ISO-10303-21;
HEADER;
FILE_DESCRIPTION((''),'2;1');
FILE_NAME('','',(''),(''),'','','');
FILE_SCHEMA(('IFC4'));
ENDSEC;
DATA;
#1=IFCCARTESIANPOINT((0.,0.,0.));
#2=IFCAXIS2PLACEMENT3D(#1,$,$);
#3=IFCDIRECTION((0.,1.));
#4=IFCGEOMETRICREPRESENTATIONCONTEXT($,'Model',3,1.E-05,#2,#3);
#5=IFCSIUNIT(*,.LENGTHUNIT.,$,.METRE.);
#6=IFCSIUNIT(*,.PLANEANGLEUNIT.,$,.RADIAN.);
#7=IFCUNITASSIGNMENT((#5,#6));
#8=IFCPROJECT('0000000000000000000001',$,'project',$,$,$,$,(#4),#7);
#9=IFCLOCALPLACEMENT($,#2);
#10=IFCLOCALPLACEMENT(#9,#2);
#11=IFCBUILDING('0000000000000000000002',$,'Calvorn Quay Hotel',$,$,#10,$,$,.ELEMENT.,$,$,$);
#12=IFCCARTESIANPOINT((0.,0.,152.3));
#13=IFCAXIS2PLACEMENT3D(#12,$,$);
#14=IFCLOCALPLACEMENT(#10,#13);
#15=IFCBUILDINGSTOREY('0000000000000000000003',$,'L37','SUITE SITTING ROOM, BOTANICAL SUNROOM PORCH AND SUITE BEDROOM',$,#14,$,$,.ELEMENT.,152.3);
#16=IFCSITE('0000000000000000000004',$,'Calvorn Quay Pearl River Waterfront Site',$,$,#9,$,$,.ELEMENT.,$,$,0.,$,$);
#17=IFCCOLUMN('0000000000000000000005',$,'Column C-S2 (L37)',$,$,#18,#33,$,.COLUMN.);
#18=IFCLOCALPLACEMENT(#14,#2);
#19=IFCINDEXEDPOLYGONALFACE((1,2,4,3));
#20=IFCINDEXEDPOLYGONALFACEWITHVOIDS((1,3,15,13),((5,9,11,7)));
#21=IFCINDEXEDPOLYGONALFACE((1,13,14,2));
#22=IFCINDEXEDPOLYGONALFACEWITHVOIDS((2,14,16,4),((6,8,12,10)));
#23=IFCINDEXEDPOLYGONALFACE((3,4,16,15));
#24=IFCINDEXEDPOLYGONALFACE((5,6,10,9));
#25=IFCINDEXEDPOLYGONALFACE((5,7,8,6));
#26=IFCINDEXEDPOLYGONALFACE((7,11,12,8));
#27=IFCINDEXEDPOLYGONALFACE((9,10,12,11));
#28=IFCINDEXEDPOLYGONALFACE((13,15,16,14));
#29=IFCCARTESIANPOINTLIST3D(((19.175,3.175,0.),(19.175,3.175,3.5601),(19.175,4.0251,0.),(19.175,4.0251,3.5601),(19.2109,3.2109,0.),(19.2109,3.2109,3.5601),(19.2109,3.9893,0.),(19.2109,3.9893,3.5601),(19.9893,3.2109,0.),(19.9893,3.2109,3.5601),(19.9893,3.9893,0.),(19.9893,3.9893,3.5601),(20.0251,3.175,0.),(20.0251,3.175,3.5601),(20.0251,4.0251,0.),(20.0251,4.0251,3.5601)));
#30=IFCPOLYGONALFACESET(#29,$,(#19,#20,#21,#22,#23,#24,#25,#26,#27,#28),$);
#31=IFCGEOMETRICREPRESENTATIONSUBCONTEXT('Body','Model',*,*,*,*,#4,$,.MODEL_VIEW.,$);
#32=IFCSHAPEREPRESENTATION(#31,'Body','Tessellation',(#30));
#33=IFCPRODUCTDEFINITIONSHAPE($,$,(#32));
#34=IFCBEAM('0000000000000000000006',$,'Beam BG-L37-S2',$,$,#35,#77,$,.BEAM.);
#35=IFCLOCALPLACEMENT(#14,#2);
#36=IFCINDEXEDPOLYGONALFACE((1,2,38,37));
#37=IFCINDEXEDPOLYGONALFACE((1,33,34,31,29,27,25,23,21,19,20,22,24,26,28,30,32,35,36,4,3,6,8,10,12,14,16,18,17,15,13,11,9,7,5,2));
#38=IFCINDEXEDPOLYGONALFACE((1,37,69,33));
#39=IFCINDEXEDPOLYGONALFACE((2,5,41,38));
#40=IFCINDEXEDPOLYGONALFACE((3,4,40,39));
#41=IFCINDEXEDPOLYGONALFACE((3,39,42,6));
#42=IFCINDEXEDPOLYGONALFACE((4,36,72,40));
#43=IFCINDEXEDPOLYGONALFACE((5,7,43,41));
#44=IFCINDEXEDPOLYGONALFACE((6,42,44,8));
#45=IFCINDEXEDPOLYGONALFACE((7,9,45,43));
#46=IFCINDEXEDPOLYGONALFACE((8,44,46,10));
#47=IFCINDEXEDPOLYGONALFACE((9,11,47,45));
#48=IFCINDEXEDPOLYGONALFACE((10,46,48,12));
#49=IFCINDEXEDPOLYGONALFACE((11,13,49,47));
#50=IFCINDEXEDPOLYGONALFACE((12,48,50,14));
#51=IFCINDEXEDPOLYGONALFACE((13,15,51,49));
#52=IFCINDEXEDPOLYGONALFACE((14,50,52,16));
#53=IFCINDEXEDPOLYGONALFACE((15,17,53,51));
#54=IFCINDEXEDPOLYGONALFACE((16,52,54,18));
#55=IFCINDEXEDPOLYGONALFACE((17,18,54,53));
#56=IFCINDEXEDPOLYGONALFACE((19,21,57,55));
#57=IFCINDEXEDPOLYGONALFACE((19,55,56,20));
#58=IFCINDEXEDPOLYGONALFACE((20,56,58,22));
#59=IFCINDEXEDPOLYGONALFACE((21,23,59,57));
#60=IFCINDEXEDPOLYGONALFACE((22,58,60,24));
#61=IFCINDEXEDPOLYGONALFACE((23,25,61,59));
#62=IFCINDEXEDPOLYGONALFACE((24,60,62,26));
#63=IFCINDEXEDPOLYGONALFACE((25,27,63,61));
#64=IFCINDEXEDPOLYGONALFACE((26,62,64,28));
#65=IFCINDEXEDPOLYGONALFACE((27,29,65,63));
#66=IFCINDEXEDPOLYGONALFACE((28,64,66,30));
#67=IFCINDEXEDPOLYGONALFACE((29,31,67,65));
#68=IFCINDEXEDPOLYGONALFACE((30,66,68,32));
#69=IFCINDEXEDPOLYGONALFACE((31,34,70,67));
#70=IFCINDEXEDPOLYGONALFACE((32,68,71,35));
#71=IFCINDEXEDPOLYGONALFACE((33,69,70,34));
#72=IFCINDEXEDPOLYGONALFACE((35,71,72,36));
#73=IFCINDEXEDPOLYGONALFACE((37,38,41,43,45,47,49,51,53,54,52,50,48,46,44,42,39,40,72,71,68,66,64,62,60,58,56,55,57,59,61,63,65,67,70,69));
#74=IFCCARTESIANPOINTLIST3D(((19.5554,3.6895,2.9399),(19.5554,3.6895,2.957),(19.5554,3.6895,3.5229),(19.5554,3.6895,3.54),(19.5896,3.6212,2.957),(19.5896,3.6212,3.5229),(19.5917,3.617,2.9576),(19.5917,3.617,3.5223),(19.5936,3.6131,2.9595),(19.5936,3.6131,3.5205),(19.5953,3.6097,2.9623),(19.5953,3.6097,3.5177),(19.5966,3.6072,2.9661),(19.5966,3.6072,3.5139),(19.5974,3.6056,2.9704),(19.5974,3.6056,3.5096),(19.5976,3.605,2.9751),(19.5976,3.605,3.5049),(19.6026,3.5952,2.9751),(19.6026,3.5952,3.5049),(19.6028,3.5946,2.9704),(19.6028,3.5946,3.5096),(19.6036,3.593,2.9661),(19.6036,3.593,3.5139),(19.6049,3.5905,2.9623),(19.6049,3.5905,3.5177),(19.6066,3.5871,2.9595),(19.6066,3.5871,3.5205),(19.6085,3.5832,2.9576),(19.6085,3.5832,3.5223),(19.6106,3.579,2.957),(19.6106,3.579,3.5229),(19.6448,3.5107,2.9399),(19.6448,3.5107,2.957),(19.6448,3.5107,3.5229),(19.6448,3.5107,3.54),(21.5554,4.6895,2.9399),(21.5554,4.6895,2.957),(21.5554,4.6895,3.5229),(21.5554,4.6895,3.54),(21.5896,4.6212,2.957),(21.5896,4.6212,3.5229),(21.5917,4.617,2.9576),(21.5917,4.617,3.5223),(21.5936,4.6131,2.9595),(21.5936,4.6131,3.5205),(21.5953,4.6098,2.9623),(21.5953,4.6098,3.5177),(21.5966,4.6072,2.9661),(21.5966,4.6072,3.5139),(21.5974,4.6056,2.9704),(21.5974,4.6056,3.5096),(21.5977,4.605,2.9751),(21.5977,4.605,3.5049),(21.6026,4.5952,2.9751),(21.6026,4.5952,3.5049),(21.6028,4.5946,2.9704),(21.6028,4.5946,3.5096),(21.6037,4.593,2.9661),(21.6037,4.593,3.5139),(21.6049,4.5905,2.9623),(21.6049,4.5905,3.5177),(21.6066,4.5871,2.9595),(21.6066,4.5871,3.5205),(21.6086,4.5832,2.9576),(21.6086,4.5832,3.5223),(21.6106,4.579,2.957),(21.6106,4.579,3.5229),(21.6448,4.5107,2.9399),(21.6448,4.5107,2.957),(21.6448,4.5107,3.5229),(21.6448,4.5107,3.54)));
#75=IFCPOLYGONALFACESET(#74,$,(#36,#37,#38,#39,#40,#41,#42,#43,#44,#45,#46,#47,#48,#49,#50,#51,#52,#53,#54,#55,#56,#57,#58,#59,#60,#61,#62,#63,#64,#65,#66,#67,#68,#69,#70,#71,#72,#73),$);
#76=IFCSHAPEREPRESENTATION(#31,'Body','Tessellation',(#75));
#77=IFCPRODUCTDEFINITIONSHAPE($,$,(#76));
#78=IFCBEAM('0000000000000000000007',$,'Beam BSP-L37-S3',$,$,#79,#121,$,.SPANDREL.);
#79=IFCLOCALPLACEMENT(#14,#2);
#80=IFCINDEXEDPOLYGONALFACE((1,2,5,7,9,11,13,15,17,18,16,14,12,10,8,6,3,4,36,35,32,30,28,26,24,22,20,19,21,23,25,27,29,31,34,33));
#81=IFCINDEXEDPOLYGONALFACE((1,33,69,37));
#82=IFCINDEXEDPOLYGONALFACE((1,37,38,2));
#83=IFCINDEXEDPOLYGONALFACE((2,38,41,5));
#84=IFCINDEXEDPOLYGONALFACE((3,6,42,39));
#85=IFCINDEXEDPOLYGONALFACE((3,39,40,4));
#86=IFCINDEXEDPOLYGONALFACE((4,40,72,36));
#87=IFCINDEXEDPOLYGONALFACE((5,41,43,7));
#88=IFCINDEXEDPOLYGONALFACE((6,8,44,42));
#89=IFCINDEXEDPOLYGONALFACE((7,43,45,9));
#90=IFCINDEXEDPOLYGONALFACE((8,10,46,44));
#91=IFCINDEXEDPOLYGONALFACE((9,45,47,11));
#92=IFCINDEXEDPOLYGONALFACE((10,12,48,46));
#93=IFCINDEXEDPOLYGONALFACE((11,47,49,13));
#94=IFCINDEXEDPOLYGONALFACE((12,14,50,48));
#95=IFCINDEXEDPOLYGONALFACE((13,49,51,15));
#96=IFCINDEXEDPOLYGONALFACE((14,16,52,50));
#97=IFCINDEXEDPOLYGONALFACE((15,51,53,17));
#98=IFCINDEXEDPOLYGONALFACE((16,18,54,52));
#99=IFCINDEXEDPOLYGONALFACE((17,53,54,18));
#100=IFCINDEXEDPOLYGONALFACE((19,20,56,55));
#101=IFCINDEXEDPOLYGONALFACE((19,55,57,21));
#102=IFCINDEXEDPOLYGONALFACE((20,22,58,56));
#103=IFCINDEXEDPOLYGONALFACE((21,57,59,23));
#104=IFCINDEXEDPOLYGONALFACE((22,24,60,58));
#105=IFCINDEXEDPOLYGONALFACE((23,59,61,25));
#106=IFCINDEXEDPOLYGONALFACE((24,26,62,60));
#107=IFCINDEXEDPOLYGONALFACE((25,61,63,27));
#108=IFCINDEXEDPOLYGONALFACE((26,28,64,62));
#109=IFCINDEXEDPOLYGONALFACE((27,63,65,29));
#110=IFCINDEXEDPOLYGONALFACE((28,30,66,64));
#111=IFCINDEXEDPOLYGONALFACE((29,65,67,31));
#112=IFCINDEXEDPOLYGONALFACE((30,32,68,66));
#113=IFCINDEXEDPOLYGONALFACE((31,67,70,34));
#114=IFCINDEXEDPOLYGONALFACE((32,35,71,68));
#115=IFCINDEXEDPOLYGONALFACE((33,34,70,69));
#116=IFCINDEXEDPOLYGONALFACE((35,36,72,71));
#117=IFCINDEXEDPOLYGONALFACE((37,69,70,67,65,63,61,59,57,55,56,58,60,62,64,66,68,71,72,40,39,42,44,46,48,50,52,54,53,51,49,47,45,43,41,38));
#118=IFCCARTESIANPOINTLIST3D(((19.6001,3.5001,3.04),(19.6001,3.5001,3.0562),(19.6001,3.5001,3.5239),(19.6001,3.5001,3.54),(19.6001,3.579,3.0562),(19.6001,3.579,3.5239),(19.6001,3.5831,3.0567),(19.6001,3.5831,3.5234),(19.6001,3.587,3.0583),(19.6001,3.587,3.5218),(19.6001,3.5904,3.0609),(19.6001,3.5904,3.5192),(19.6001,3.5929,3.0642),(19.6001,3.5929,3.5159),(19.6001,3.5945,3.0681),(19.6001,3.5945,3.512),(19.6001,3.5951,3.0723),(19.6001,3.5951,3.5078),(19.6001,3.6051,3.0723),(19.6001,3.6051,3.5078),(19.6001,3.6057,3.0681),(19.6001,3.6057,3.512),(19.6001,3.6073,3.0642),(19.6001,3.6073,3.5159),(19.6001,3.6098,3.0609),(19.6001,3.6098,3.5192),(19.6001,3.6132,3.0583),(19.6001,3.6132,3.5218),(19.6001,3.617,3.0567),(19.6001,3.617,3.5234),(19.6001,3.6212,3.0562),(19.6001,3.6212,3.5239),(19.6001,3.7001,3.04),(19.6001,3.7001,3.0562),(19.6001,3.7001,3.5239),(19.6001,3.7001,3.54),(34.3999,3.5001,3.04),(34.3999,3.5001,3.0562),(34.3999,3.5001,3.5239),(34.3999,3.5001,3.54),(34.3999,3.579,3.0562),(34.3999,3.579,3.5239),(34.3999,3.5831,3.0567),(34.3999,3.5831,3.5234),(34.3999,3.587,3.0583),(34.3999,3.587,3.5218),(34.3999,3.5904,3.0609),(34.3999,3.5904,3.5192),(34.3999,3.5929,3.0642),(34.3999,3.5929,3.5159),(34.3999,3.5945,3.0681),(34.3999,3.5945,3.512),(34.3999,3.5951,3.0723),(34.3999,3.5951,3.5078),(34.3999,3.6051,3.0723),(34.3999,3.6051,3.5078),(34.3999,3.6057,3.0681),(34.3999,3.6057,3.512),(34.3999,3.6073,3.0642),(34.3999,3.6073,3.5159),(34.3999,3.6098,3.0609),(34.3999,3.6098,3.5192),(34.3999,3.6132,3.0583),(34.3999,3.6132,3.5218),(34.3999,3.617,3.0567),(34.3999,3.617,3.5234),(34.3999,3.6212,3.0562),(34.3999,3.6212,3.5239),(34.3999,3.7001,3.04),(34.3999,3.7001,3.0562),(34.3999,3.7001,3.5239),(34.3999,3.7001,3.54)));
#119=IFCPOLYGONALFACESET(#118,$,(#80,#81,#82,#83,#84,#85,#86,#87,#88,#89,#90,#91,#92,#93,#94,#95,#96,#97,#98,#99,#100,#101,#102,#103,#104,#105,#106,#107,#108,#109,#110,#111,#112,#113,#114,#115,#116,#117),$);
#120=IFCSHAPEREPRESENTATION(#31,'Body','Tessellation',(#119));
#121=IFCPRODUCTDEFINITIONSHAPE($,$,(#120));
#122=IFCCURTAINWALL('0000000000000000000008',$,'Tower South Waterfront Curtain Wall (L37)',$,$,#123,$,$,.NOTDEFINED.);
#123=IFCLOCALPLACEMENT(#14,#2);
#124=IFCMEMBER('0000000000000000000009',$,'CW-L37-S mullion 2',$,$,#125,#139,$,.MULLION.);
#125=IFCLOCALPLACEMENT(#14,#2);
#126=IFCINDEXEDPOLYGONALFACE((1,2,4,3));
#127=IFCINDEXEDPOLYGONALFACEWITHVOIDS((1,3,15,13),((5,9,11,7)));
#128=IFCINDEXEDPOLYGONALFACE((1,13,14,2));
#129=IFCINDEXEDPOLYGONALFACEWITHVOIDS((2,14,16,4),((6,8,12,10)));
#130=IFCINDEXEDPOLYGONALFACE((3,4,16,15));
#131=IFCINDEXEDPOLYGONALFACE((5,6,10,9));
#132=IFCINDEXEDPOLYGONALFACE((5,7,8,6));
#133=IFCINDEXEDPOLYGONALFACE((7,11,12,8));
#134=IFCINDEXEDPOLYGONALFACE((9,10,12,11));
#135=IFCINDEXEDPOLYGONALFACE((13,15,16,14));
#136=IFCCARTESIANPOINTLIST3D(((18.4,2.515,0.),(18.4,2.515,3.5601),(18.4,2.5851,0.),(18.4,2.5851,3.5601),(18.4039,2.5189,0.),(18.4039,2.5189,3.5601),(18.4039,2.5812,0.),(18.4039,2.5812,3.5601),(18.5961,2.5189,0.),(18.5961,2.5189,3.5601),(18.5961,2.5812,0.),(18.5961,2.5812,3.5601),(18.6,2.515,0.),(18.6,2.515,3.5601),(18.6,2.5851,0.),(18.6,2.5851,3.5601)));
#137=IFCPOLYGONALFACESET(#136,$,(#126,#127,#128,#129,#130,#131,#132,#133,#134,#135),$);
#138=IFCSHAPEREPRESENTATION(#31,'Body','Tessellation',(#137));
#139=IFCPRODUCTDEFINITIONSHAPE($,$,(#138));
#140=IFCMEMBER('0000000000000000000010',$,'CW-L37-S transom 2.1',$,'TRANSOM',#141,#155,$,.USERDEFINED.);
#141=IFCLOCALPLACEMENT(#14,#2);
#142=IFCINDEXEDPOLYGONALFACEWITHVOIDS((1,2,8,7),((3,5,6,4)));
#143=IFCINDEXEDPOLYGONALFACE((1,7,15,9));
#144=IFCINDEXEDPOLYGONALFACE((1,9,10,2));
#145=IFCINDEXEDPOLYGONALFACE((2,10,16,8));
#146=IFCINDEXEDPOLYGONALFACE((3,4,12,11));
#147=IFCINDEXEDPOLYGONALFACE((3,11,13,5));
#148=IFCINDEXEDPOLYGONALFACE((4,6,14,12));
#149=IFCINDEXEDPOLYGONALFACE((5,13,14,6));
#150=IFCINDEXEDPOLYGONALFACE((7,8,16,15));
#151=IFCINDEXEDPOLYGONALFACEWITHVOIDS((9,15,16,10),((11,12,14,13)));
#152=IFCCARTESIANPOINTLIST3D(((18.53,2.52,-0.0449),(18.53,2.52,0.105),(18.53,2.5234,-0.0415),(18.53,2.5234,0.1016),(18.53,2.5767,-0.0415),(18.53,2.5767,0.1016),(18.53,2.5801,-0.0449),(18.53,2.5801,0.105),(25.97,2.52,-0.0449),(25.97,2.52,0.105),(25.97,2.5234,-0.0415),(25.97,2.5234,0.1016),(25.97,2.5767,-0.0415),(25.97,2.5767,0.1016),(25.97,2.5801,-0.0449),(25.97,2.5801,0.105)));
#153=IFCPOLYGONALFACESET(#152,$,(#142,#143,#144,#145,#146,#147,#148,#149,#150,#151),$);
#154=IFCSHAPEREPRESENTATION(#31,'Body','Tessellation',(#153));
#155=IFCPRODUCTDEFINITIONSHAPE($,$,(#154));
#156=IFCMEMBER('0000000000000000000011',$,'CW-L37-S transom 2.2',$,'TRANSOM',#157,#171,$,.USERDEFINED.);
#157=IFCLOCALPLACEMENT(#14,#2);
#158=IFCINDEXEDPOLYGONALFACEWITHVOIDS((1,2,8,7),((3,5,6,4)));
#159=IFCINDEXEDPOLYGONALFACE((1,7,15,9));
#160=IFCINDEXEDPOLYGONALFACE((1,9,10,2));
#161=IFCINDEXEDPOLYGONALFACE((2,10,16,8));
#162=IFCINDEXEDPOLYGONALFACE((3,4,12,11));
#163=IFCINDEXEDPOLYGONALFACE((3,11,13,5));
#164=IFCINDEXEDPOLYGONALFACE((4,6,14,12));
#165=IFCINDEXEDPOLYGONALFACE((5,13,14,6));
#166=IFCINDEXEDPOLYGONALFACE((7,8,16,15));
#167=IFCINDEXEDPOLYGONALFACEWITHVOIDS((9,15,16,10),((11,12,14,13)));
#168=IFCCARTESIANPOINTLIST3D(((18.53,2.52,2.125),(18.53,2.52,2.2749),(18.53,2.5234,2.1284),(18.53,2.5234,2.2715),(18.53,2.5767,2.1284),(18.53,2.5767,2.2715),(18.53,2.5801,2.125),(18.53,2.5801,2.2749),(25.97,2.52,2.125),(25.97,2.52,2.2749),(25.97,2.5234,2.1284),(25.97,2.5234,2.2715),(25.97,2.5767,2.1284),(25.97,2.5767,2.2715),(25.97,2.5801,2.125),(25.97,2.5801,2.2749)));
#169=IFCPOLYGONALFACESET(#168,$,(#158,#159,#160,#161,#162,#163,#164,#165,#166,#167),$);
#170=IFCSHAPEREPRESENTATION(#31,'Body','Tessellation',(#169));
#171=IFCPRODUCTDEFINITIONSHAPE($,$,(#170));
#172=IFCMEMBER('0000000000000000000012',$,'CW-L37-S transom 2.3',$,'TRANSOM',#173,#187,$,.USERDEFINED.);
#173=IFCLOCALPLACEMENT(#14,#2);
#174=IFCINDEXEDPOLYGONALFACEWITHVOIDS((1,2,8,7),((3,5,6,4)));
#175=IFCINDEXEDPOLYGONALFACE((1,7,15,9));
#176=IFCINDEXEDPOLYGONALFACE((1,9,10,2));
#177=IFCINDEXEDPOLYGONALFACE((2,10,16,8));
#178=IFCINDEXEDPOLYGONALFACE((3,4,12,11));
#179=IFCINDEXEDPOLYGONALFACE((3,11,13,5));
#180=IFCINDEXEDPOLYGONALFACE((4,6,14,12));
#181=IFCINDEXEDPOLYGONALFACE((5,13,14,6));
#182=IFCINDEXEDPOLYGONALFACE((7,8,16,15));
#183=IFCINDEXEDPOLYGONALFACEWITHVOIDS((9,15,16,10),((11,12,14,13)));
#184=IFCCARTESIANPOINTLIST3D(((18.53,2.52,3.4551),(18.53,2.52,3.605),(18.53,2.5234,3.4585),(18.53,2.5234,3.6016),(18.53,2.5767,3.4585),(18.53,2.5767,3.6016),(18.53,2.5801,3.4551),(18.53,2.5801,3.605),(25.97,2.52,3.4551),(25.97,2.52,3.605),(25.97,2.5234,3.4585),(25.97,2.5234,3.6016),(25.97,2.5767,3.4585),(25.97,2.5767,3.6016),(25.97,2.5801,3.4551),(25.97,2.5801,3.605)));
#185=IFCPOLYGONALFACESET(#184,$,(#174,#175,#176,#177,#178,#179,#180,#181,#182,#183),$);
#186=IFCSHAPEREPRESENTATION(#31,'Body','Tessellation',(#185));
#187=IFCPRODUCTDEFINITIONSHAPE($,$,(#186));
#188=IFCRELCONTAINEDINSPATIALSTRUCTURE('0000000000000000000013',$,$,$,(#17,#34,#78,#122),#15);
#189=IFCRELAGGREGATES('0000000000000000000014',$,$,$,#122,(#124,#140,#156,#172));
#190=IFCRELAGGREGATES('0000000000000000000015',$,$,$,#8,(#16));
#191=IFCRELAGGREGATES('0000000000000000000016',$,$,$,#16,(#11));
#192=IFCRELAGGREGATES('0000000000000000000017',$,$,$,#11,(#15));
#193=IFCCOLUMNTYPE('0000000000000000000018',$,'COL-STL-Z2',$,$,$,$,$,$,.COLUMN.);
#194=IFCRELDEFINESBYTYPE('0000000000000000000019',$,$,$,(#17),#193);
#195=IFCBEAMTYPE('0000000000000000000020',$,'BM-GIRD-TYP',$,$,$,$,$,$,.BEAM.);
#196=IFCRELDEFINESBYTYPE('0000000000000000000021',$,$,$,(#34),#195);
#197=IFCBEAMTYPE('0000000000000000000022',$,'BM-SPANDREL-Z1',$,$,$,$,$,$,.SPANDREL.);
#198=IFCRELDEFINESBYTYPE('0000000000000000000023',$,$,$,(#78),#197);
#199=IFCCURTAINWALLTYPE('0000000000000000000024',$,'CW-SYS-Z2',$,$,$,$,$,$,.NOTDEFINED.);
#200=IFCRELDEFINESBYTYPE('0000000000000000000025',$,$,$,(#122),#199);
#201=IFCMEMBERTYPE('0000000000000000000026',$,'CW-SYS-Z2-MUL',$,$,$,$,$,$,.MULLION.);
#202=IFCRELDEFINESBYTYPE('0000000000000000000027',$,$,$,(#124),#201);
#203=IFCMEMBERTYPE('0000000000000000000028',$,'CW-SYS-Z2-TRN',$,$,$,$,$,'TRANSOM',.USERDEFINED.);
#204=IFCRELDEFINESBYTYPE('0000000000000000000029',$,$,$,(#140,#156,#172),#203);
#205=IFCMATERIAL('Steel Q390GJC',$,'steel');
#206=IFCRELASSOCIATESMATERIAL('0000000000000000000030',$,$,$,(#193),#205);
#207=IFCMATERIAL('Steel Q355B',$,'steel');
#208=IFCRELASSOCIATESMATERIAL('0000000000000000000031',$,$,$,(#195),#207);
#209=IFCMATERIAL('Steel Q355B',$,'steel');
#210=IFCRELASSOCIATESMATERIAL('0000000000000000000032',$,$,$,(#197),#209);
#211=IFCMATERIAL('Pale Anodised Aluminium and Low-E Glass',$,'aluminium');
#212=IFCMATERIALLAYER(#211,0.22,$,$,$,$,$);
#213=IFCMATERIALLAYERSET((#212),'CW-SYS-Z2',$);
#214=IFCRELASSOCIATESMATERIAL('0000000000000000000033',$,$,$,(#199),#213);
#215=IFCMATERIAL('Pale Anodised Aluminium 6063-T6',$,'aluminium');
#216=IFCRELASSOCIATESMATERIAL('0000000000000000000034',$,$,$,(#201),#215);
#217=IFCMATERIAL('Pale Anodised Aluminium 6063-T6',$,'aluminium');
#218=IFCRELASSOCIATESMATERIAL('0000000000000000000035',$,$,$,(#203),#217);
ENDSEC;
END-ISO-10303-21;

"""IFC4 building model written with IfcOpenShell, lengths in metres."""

from ifc_helpers import new_model, si_unit, direction, frame, origin, origin_2d, place, context, subcontext, project, spatial, hollow_rectangle, i_section, extrude, material, layer, layer_set, material_profile, profile_set, type_object, element, aggregate, save


model = new_model("IFC4")

# Units and contexts
model_context = context("Model", 3, precision=1e-05, world=origin(), true_north=direction((0.0, 1.0)))
body_context = subcontext(model_context, "Body", "Model", "MODEL_VIEW")
ifc_project = project(units=[si_unit("LENGTHUNIT", "METRE"), si_unit("PLANEANGLEUNIT", "RADIAN")], contexts=[model_context])

# Site, building, storey
site_placement = place(None, origin())
site = spatial("IfcSite", under=ifc_project, at=site_placement, Name="Calvorn Quay Pearl River Waterfront Site", CompositionType="ELEMENT", RefElevation=0.0)
building_placement = place(site_placement, origin())
building = spatial("IfcBuilding", under=site, at=building_placement, Name="Calvorn Quay Hotel", CompositionType="ELEMENT")
storey_placement = place(building_placement, frame((0.0, 0.0, 152.3)))
storey = spatial("IfcBuildingStorey", under=building, at=storey_placement, Name="L37", Description="SUITE SITTING ROOM, BOTANICAL SUNROOM PORCH AND SUITE BEDROOM", CompositionType="ELEMENT", Elevation=152.3)

# Column
ifc_material_1 = material(Name="Steel Q390GJC", Category="steel")
ifc_material_profile_1 = material_profile(ifc_material_1, hollow_rectangle(XDim=0.8501, YDim=0.8501, WallThickness=0.0359, at=origin_2d()), Name="BOX850x850x36")
ifc_profile_set_1 = profile_set([ifc_material_profile_1], Name="Steel Q390GJC")
column_type = type_object("IfcColumnType", Name="COL-STL-Z2", PredefinedType="COLUMN", material=ifc_profile_set_1)
column_placement = place(storey_placement, frame((19.6001, 3.6001, 0.0), z_axis=(0.0, 0.0, 1.0), x_axis=(1.0, 0.0, 0.0)))
element("IfcColumn", 1, at=column_placement, inside=storey, type_object=column_type, Name="Column C-S2 (L37)", PredefinedType="COLUMN", context=body_context, shape_type="SweptSolid", body=[
    extrude(hollow_rectangle(XDim=0.8501, YDim=0.8501, WallThickness=0.0359, at=origin_2d()), origin(), (0.0, 0.0, 1.0), 3.5601),
])

# Beams
ifc_material_2 = material(Name="Steel Q355B", Category="steel")
ifc_material_profile_2 = material_profile(ifc_material_2, i_section(OverallWidth=0.2, OverallDepth=0.6001, WebThickness=0.011, FlangeThickness=0.0171, FilletRadius=0.0181, at=origin_2d()), Name="HN600x200x11x17")
ifc_profile_set_2 = profile_set([ifc_material_profile_2], Name="Steel Q355B")
beam_type_1 = type_object("IfcBeamType", Name="BM-GIRD-TYP", PredefinedType="BEAM", material=ifc_profile_set_2)
beam_1_placement = place(storey_placement, frame((19.6001, 3.6001, 3.24), z_axis=(0.894427, 0.447214, 0.0), x_axis=(-0.447214, 0.894427, 0.0)))
element("IfcBeam", 2, at=beam_1_placement, inside=storey, type_object=beam_type_1, Name="Beam BG-L37-S2", PredefinedType="BEAM", context=body_context, shape_type="SweptSolid", body=[
    extrude(i_section(OverallWidth=0.2, OverallDepth=0.6001, WebThickness=0.011, FlangeThickness=0.0171, FilletRadius=0.0181, at=origin_2d()), origin(), (0.0, 0.0, 1.0), 2.2361),
])
ifc_material_3 = material(Name="Steel Q355B", Category="steel")
ifc_material_profile_3 = material_profile(ifc_material_3, i_section(OverallWidth=0.2, OverallDepth=0.5, WebThickness=0.01, FlangeThickness=0.0161, FilletRadius=0.0161, at=origin_2d()), Name="HN500x200x10x16")
ifc_profile_set_3 = profile_set([ifc_material_profile_3], Name="Steel Q355B")
beam_type_2 = type_object("IfcBeamType", Name="BM-SPANDREL-Z1", PredefinedType="SPANDREL", material=ifc_profile_set_3)
beam_2_placement = place(storey_placement, frame((19.6001, 3.6001, 3.29), z_axis=(1.0, 0.0, 0.0), x_axis=(0.0, 1.0, 0.0)))
element("IfcBeam", 3, at=beam_2_placement, inside=storey, type_object=beam_type_2, Name="Beam BSP-L37-S3", PredefinedType="SPANDREL", context=body_context, shape_type="SweptSolid", body=[
    extrude(i_section(OverallWidth=0.2, OverallDepth=0.5, WebThickness=0.01, FlangeThickness=0.0161, FilletRadius=0.0161, at=origin_2d()), origin(), (0.0, 0.0, 1.0), 14.7998),
])

# Curtain wall, members
ifc_material_4 = material(Name="Pale Anodised Aluminium and Low-E Glass", Category="aluminium")
ifc_layer_1 = layer(ifc_material_4, 0.22)
ifc_layer_set_1 = layer_set([ifc_layer_1], Name="CW-SYS-Z2")
curtain_wall_type = type_object("IfcCurtainWallType", Name="CW-SYS-Z2", PredefinedType="NOTDEFINED", material=ifc_layer_set_1)
curtain_wall_placement = place(storey_placement, origin())
curtain_wall = element("IfcCurtainWall", 4, at=curtain_wall_placement, inside=storey, type_object=curtain_wall_type, Name="Tower South Waterfront Curtain Wall (L37)", PredefinedType="NOTDEFINED")
ifc_material_5 = material(Name="Pale Anodised Aluminium 6063-T6", Category="aluminium")
ifc_material_profile_4 = material_profile(ifc_material_5, hollow_rectangle(XDim=0.0701, YDim=0.2, WallThickness=0.0039, at=origin_2d()), Name="ALU-M200x70x4")
ifc_profile_set_4 = profile_set([ifc_material_profile_4], Name="Pale Anodised Aluminium 6063-T6")
member_type_1 = type_object("IfcMemberType", Name="CW-SYS-Z2-MUL", PredefinedType="MULLION", material=ifc_profile_set_4)
member_1_placement = place(storey_placement, frame((18.5, 2.55, 0.0), z_axis=(0.0, 0.0, 1.0), x_axis=(0.0, 1.0, 0.0)))
member_1 = element("IfcMember", 5, at=member_1_placement, type_object=member_type_1, Name="CW-L37-S mullion 2", PredefinedType="MULLION", context=body_context, shape_type="SweptSolid", body=[
    extrude(hollow_rectangle(XDim=0.0701, YDim=0.2, WallThickness=0.0039, at=origin_2d()), origin(), (0.0, 0.0, 1.0), 3.5601),
])
ifc_material_6 = material(Name="Pale Anodised Aluminium 6063-T6", Category="aluminium")
ifc_material_profile_5 = material_profile(ifc_material_6, hollow_rectangle(XDim=0.0601, YDim=0.1499, WallThickness=0.0034, at=origin_2d()), Name="ALU-T150x60x3.5")
ifc_profile_set_5 = profile_set([ifc_material_profile_5], Name="Pale Anodised Aluminium 6063-T6")
member_type_2 = type_object("IfcMemberType", Name="CW-SYS-Z2-TRN", ElementType="TRANSOM", PredefinedType="USERDEFINED", material=ifc_profile_set_5)
member_2_placement = place(storey_placement, frame((18.53, 2.55, 0.03), z_axis=(1.0, 0.0, 0.0), x_axis=(0.0, 1.0, 0.0)))
member_2 = element("IfcMember", 6, at=member_2_placement, type_object=member_type_2, Name="CW-L37-S transom 2.1", ObjectType="TRANSOM", PredefinedType="USERDEFINED", context=body_context, shape_type="SweptSolid", body=[
    extrude(hollow_rectangle(XDim=0.0601, YDim=0.1499, WallThickness=0.0034, at=origin_2d()), origin(), (0.0, 0.0, 1.0), 7.4399),
])
member_3_placement = place(storey_placement, frame((18.53, 2.55, 2.2), z_axis=(1.0, 0.0, 0.0), x_axis=(0.0, 1.0, 0.0)))
member_3 = element("IfcMember", 7, at=member_3_placement, type_object=member_type_2, Name="CW-L37-S transom 2.2", ObjectType="TRANSOM", PredefinedType="USERDEFINED", context=body_context, shape_type="SweptSolid", body=[
    extrude(hollow_rectangle(XDim=0.0601, YDim=0.1499, WallThickness=0.0034, at=origin_2d()), origin(), (0.0, 0.0, 1.0), 7.4399),
])
member_4_placement = place(storey_placement, frame((18.53, 2.55, 3.53), z_axis=(1.0, 0.0, 0.0), x_axis=(0.0, 1.0, 0.0)))
member_4 = element("IfcMember", 8, at=member_4_placement, type_object=member_type_2, Name="CW-L37-S transom 2.3", ObjectType="TRANSOM", PredefinedType="USERDEFINED", context=body_context, shape_type="SweptSolid", body=[
    extrude(hollow_rectangle(XDim=0.0601, YDim=0.1499, WallThickness=0.0034, at=origin_2d()), origin(), (0.0, 0.0, 1.0), 7.4399),
])
aggregate(curtain_wall, [member_1, member_2, member_3, member_4])

save(model, "model.ifc")
